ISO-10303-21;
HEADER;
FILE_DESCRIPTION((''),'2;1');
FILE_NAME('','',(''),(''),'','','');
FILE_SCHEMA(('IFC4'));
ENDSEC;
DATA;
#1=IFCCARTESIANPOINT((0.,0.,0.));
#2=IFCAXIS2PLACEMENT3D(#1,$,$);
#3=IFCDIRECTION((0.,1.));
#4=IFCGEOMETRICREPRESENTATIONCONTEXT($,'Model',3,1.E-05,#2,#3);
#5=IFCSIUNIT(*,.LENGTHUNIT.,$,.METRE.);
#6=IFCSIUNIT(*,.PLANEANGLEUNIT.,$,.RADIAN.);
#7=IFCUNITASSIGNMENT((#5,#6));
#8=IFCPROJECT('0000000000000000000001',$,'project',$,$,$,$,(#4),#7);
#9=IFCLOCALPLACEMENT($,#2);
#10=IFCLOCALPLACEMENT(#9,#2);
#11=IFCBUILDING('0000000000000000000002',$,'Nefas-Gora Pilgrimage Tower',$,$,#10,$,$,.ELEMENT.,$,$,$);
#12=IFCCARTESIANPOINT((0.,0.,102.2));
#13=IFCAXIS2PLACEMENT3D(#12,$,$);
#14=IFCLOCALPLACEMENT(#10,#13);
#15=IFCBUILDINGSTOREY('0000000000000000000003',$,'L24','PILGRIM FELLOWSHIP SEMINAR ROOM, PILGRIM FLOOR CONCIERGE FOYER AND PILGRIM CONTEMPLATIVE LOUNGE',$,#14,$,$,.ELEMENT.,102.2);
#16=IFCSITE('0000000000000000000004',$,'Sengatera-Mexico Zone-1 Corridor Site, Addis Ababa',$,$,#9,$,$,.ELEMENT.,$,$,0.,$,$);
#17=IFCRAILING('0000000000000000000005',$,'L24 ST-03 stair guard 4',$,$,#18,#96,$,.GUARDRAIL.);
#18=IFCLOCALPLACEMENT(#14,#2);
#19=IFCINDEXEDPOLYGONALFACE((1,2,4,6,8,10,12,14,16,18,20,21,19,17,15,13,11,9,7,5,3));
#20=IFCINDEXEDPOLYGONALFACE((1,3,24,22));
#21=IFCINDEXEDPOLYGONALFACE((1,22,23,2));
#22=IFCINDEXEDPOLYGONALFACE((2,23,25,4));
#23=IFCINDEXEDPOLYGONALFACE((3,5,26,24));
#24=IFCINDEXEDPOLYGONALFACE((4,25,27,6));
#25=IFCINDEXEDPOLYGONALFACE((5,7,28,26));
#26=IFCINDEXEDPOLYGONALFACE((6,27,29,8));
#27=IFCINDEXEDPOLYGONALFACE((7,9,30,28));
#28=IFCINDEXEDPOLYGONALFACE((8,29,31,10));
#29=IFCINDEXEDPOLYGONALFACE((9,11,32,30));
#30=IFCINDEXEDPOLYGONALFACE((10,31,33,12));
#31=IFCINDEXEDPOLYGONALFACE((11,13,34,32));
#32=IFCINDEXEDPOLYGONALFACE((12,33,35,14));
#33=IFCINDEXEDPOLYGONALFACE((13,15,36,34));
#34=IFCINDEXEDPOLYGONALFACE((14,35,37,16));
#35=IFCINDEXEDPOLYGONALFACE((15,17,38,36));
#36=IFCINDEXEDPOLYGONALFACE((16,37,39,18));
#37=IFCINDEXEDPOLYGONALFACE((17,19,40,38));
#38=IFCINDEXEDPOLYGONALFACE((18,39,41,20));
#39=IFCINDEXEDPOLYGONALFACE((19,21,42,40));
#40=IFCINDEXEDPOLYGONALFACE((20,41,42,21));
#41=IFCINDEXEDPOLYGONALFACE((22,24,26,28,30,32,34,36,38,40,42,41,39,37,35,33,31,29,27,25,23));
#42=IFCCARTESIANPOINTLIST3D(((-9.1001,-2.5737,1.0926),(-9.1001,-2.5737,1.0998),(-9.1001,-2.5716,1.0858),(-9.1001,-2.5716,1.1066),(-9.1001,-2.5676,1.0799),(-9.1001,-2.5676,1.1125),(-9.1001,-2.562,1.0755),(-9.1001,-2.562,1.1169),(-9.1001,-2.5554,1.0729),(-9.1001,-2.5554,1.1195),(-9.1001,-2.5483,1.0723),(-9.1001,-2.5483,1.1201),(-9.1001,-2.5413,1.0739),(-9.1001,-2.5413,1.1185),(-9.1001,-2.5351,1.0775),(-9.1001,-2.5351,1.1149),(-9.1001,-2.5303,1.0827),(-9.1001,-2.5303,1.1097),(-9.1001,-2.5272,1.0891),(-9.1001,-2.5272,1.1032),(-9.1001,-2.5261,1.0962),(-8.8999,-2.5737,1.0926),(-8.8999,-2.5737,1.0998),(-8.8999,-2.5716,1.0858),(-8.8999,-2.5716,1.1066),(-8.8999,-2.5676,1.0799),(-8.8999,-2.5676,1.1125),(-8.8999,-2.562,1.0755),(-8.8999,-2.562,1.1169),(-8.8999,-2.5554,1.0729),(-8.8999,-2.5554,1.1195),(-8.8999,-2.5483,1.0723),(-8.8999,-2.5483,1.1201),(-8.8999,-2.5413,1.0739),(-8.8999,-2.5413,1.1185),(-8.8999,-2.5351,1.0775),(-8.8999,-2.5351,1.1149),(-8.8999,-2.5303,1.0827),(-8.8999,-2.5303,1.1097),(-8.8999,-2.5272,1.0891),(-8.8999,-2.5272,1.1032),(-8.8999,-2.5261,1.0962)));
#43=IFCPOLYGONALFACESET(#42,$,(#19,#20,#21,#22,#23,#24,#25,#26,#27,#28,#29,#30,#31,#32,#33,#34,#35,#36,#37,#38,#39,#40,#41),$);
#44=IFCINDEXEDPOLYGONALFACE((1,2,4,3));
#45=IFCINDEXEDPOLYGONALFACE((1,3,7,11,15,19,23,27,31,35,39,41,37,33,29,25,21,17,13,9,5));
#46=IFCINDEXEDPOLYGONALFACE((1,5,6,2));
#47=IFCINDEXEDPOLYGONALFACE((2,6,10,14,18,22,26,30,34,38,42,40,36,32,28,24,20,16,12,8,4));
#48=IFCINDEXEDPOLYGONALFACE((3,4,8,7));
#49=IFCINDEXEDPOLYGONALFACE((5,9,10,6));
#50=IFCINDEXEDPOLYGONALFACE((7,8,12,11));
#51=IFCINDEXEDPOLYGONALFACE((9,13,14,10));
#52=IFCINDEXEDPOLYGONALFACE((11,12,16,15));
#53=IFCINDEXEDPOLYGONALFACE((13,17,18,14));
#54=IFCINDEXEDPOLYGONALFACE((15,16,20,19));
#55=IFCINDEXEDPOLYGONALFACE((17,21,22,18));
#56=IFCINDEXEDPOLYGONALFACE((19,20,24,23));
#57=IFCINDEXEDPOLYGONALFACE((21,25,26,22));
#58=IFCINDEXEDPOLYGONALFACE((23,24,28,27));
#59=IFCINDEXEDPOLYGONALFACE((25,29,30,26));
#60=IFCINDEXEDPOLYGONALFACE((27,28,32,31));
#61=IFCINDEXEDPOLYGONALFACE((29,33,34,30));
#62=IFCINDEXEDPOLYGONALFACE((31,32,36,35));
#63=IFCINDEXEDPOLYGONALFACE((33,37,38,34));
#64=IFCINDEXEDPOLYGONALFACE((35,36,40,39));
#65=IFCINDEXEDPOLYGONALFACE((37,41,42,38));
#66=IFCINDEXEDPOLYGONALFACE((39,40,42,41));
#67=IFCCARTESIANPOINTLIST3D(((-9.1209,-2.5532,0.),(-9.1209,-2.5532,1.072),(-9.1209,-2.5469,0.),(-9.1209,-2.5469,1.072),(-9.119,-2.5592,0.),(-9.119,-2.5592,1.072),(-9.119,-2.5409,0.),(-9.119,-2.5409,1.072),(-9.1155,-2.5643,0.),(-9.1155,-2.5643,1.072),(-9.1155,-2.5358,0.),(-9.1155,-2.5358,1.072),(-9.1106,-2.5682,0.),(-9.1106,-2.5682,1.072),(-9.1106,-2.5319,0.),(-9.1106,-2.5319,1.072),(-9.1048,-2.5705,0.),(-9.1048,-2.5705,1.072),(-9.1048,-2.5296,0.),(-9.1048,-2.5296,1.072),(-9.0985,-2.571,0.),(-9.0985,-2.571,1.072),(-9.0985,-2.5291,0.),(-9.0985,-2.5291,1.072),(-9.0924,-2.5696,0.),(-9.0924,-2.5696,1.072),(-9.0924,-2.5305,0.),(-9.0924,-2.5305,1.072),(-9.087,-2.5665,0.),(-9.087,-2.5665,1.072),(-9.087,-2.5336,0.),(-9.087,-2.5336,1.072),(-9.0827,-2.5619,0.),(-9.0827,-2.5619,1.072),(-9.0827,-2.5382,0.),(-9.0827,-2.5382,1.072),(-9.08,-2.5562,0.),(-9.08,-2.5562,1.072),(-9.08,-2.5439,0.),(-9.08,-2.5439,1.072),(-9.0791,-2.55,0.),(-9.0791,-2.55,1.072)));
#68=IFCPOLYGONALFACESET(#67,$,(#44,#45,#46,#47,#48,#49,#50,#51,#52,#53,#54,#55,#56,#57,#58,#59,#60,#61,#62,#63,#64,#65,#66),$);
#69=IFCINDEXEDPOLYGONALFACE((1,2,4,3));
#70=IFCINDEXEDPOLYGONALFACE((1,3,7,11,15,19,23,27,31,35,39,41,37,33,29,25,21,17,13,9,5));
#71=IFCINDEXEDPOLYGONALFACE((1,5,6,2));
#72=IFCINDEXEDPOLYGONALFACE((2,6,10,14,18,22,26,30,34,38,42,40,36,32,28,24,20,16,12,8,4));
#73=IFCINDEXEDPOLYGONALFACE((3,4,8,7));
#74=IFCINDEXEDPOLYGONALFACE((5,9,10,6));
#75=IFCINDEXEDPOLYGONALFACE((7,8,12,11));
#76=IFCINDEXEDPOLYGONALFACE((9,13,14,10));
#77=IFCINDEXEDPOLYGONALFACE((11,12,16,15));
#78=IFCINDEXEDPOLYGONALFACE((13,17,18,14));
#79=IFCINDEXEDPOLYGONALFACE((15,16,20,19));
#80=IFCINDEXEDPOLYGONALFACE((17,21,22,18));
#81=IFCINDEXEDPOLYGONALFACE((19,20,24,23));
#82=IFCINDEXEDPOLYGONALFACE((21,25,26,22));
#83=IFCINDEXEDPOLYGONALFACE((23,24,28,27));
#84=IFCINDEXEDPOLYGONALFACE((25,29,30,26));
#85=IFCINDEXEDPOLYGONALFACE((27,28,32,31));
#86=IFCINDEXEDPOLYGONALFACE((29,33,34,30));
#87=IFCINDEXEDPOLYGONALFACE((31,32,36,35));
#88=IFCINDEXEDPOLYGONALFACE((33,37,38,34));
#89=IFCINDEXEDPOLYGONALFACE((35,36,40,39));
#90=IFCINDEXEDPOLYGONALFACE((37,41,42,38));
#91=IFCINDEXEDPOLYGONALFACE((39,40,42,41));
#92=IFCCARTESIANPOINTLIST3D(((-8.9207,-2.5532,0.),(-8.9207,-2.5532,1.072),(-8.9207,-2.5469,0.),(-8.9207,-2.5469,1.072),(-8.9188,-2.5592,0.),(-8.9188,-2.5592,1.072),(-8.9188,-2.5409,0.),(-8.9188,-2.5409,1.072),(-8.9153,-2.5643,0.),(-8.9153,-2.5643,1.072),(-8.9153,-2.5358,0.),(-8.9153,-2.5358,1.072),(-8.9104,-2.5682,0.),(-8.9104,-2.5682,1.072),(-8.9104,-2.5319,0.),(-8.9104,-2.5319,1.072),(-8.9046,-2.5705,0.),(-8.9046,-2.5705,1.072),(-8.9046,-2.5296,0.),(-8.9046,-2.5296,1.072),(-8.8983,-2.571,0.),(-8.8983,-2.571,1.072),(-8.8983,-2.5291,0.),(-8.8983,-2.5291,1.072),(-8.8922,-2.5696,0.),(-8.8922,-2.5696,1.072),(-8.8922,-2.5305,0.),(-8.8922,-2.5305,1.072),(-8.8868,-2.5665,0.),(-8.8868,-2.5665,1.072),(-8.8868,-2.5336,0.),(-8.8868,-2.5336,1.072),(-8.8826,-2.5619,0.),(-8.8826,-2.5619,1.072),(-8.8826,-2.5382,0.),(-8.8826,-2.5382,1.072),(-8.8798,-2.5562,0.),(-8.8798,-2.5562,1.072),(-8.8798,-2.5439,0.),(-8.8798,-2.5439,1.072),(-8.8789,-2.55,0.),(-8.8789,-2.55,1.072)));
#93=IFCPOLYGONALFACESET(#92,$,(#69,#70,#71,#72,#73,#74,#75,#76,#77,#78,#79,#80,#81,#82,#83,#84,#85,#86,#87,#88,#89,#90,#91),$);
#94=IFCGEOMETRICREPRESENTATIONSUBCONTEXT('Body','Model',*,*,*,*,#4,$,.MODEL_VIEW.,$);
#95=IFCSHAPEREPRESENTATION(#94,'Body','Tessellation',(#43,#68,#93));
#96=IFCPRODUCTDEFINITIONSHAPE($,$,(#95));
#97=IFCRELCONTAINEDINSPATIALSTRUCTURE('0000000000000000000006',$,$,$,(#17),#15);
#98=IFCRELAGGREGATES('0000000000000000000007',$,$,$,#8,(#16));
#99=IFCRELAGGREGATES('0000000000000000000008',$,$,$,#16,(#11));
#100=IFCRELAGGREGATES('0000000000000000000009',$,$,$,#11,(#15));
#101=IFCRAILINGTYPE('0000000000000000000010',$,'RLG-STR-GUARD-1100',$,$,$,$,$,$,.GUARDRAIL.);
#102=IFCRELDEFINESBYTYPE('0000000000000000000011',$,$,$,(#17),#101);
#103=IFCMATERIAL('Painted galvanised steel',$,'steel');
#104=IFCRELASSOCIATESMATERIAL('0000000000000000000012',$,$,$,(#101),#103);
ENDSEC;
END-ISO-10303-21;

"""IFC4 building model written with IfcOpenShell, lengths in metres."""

from ifc_helpers import new_model, si_unit, direction, frame, origin, origin_2d, place, context, subcontext, project, spatial, circle, extrude, material, type_object, element, save


model = new_model("IFC4")

# Units and contexts
model_context = context("Model", 3, precision=1e-05, world=origin(), true_north=direction((0.0, 1.0)))
body_context = subcontext(model_context, "Body", "Model", "MODEL_VIEW")
ifc_project = project(units=[si_unit("LENGTHUNIT", "METRE"), si_unit("PLANEANGLEUNIT", "RADIAN")], contexts=[model_context])

# Site, building, storey
site_placement = place(None, origin())
site = spatial("IfcSite", under=ifc_project, at=site_placement, Name="Sengatera-Mexico Zone-1 Corridor Site, Addis Ababa", CompositionType="ELEMENT", RefElevation=0.0)
building_placement = place(site_placement, origin())
building = spatial("IfcBuilding", under=site, at=building_placement, Name="Nefas-Gora Pilgrimage Tower", CompositionType="ELEMENT")
storey_placement = place(building_placement, frame((0.0, 0.0, 102.2)))
storey = spatial("IfcBuildingStorey", under=building, at=storey_placement, Name="L24", Description="PILGRIM FELLOWSHIP SEMINAR ROOM, PILGRIM FLOOR CONCIERGE FOYER AND PILGRIM CONTEMPLATIVE LOUNGE", CompositionType="ELEMENT", Elevation=102.2)

# Railing
ifc_material_1 = material(Name="Painted galvanised steel", Category="steel")
railing_type_1 = type_object("IfcRailingType", Name="RLG-STR-GUARD-1100", PredefinedType="GUARDRAIL", material=ifc_material_1)
railing_1_placement = place(storey_placement, frame((-9.1001, -2.55, 0.0)))
element("IfcRailing", 1, at=railing_1_placement, inside=storey, type_object=railing_type_1, Name="L24 ST-03 stair guard 4", PredefinedType="GUARDRAIL", context=body_context, shape_type="SweptSolid", body=[
    extrude(circle(Radius=0.0239, at=origin_2d()), frame((0.0, 0.0, 1.0962), z_axis=(1.0, 0.0, 0.0), x_axis=(0.0, 1.0, 0.0)), (0.0, 0.0, 1.0), 0.2002),
    extrude(circle(Radius=0.021, at=origin_2d()), origin(), (0.0, 0.0, 1.0), 1.072),
    extrude(circle(Radius=0.021, at=origin_2d()), frame((0.2002, 0.0, 0.0)), (0.0, 0.0, 1.0), 1.072),
])

save(model, "model.ifc")
